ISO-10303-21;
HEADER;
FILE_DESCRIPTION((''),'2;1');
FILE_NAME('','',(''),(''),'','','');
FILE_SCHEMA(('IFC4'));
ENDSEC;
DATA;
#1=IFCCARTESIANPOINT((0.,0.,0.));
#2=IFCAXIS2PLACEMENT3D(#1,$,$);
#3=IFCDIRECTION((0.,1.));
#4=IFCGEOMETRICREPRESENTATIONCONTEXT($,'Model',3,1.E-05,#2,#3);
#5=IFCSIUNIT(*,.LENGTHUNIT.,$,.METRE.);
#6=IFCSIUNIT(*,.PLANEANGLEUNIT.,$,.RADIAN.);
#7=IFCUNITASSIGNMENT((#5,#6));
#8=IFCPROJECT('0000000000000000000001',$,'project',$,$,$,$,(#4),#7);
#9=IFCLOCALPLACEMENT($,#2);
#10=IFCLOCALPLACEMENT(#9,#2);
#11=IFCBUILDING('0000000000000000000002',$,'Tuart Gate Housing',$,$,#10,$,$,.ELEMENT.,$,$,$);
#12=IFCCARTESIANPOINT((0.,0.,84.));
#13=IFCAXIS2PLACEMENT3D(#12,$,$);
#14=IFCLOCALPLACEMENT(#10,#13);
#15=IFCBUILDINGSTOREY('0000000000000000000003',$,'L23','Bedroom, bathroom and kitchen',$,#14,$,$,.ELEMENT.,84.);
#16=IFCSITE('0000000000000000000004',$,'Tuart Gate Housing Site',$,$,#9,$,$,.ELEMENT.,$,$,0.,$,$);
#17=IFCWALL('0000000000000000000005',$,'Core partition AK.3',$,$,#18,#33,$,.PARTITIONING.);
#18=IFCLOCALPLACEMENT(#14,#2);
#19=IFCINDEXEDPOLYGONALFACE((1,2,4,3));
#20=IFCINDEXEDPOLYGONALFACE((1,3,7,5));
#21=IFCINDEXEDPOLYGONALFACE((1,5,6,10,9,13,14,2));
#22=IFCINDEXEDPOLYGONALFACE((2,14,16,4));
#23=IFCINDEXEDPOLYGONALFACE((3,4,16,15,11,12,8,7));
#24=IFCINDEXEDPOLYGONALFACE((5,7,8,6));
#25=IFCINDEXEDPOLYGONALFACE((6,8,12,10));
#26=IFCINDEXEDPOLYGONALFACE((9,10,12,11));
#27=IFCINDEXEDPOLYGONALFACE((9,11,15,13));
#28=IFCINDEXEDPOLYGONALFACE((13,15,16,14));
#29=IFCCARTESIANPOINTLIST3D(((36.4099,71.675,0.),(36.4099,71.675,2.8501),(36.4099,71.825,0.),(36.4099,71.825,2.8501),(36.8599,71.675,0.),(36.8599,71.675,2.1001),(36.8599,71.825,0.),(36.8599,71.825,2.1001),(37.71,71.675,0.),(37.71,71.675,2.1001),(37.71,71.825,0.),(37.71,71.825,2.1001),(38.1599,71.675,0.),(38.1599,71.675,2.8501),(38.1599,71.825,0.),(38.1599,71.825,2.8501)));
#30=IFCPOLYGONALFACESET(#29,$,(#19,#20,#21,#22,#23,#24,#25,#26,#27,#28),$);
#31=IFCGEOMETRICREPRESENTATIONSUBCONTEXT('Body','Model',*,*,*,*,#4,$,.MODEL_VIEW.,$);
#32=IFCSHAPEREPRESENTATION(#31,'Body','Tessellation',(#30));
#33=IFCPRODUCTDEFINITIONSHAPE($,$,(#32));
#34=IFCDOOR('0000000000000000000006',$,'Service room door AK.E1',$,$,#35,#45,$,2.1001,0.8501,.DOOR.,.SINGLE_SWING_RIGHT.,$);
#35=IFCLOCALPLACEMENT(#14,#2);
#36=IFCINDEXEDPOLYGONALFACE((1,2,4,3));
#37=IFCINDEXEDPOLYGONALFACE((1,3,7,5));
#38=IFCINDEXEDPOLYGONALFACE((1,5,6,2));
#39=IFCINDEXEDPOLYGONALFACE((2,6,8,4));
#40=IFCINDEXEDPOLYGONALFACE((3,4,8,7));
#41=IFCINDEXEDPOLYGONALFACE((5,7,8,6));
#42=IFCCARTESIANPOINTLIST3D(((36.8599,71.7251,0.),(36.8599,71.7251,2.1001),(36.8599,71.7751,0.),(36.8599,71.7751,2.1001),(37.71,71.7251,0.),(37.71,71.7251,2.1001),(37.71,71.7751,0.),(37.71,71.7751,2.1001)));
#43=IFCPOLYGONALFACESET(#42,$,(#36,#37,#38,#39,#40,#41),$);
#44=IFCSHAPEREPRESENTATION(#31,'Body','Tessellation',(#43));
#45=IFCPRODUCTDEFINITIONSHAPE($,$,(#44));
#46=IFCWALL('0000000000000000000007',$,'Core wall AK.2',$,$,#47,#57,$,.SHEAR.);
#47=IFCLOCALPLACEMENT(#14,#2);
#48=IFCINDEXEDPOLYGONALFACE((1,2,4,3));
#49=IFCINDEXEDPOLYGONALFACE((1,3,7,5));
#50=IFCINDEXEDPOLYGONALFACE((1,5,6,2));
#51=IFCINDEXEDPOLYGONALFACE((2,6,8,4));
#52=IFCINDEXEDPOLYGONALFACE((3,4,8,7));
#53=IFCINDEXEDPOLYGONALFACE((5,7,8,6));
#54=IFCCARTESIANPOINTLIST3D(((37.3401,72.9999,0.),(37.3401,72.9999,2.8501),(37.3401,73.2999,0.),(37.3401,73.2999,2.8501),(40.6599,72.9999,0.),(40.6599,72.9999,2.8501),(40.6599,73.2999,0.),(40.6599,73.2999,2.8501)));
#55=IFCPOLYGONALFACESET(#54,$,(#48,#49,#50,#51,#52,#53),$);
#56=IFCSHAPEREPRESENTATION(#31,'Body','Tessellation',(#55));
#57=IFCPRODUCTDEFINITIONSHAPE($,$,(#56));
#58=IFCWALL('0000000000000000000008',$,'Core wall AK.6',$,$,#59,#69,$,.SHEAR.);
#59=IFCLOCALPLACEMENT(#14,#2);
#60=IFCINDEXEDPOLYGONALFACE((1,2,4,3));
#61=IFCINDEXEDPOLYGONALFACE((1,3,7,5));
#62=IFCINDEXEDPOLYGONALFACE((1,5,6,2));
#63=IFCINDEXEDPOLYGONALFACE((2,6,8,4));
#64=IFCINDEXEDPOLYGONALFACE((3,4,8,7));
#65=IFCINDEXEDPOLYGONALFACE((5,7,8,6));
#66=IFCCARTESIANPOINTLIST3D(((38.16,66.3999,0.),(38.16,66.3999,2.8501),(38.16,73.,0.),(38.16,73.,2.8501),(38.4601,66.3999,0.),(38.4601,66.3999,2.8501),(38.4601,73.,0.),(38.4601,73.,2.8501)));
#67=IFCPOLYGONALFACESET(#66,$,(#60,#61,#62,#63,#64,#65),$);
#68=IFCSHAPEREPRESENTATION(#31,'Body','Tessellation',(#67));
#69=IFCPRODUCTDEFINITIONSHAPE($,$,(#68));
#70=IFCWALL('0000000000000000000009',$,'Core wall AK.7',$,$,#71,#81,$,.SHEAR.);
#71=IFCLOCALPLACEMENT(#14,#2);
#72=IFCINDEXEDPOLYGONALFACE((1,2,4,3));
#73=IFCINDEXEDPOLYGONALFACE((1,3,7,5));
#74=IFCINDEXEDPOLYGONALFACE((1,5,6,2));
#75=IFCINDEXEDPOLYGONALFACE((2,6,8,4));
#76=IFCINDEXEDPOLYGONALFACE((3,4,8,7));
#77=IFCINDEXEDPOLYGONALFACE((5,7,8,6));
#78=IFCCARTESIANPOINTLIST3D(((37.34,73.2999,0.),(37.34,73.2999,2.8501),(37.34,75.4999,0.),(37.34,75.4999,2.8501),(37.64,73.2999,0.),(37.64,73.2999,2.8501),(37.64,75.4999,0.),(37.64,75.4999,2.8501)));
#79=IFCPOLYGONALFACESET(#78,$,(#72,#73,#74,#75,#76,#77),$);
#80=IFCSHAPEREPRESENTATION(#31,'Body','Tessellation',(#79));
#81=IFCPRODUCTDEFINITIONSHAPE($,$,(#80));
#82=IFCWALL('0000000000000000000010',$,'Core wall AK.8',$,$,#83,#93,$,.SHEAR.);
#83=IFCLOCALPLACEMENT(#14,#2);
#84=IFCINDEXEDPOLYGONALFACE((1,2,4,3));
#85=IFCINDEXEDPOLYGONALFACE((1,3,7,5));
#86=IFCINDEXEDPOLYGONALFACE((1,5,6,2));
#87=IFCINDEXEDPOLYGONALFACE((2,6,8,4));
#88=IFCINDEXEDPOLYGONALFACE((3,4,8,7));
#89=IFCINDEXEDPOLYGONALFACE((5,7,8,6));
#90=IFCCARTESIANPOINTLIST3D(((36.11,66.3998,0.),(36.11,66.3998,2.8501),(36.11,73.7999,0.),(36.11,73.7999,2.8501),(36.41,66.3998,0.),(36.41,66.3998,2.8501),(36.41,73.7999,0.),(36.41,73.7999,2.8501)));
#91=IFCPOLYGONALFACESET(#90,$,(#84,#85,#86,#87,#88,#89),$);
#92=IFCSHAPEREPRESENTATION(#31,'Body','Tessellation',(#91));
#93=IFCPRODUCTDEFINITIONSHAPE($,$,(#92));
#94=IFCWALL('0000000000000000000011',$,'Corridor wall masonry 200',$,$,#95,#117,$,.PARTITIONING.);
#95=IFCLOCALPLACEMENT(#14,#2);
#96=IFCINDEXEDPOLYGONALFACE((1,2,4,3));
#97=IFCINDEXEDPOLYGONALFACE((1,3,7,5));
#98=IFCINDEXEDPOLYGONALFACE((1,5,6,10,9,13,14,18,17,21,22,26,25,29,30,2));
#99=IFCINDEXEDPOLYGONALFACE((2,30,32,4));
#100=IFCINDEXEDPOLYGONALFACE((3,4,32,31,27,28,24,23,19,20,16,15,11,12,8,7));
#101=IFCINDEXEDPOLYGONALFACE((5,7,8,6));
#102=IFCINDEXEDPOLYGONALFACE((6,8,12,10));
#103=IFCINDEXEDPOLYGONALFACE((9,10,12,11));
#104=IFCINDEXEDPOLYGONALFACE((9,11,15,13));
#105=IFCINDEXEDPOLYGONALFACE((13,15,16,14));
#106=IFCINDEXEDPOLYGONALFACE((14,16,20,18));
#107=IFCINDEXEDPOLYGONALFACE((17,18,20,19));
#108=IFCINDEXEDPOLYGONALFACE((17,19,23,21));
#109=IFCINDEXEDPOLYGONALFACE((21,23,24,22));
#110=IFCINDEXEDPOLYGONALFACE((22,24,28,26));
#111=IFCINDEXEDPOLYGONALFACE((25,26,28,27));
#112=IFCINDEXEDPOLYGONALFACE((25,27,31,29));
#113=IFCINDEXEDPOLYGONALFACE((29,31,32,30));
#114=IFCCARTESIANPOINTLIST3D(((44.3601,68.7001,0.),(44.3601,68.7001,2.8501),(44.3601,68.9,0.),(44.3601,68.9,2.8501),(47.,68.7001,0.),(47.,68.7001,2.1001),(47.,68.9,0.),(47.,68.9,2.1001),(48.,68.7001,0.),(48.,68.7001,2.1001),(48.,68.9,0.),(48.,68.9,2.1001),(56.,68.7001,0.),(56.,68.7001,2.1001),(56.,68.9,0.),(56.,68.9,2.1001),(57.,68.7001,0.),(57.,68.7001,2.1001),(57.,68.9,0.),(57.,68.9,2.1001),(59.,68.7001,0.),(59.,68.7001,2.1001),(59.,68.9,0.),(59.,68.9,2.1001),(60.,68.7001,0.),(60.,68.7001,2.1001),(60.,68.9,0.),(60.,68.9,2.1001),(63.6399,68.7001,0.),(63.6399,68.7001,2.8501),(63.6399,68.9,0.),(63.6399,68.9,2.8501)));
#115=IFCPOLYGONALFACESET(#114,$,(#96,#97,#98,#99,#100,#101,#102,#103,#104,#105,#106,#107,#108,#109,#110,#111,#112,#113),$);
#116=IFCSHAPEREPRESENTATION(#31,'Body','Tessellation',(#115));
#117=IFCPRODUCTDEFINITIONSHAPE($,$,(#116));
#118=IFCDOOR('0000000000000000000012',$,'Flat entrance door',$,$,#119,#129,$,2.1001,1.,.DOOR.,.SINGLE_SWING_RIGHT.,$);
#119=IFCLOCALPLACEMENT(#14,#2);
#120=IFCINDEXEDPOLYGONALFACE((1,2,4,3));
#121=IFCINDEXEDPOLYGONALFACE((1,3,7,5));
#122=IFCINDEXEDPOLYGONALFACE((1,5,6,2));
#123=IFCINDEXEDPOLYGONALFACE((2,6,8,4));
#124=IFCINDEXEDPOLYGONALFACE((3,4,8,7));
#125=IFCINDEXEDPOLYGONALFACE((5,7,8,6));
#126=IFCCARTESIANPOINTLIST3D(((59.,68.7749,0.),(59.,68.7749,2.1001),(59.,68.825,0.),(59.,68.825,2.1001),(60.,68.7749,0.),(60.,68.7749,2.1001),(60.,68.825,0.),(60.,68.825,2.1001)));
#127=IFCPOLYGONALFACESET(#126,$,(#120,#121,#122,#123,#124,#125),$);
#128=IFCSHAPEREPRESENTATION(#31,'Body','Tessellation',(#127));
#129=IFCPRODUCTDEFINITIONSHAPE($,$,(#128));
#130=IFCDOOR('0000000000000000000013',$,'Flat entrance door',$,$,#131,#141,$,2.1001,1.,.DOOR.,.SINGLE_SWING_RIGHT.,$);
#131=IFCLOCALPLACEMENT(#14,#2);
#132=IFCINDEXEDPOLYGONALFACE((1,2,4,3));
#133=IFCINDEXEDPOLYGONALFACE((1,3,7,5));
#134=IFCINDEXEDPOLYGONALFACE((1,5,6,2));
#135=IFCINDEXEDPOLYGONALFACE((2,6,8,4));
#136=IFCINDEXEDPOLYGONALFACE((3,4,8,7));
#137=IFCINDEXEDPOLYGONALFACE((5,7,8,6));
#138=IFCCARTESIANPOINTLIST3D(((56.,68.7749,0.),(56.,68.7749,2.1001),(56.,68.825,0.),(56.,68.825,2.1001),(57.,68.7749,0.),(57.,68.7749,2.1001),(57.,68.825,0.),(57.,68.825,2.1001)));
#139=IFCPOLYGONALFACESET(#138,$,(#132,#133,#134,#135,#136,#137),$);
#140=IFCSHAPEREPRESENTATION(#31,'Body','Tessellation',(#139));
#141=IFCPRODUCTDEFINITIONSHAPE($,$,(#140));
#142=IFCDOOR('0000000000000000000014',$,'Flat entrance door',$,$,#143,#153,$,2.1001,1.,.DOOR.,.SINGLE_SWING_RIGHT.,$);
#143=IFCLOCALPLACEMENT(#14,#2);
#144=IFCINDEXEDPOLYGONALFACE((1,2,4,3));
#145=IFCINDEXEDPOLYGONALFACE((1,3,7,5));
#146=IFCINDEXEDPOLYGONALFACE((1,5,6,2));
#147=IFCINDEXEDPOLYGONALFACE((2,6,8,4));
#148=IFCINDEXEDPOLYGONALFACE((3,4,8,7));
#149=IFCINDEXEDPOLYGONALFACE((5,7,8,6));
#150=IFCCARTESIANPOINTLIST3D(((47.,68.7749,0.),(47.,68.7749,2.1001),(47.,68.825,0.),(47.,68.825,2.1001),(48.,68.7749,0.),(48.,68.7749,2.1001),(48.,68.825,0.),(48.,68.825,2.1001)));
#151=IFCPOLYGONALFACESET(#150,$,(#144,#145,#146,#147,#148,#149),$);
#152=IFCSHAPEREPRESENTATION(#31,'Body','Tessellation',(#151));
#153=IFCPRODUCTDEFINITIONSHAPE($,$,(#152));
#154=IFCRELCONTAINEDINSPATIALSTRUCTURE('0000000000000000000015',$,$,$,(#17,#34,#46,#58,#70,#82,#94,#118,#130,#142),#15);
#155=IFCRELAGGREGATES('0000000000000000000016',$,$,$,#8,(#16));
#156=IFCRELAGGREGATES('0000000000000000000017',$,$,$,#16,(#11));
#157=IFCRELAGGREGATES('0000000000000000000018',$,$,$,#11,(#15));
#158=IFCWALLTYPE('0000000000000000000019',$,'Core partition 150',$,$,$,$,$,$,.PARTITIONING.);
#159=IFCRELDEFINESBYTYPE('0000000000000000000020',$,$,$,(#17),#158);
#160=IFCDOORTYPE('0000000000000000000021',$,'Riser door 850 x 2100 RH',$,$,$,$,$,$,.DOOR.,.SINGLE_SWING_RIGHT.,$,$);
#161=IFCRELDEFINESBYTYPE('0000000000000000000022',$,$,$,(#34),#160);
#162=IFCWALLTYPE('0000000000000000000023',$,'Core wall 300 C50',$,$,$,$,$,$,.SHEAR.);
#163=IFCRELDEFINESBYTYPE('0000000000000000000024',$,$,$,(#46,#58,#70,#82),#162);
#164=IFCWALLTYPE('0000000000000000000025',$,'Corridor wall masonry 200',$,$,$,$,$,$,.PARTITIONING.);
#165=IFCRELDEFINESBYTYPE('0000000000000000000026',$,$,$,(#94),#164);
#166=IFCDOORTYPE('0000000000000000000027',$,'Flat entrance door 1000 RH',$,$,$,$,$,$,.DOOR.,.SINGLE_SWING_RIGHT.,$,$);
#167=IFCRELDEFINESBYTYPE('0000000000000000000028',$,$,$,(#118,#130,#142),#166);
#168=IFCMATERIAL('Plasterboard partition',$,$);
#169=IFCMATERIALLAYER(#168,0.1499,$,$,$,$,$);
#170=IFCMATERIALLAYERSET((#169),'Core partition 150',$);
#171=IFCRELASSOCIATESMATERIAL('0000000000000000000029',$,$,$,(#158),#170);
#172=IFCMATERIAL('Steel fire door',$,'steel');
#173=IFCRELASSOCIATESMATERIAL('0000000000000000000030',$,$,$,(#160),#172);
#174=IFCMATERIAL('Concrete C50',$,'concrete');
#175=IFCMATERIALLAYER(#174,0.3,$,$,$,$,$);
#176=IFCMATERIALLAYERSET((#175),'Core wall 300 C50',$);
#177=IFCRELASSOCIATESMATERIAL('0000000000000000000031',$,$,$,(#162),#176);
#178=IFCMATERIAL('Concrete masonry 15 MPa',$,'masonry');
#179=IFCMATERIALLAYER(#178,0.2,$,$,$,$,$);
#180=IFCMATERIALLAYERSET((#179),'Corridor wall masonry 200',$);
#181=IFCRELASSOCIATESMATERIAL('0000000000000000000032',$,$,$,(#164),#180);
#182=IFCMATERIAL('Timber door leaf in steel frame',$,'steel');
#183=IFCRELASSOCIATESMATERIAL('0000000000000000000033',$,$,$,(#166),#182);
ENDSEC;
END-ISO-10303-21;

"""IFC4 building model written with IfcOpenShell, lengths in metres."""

from ifc_helpers import new_model, si_unit, direction, frame, frame_2d, origin, place, context, subcontext, project, spatial, rectangle, extrude, material, layer, layer_set, type_object, element, fill, save


model = new_model("IFC4")

# Units and contexts
model_context = context("Model", 3, precision=1e-05, world=origin(), true_north=direction((0.0, 1.0)))
body_context = subcontext(model_context, "Body", "Model", "MODEL_VIEW")
ifc_project = project(units=[si_unit("LENGTHUNIT", "METRE"), si_unit("PLANEANGLEUNIT", "RADIAN")], contexts=[model_context])

# Site, building, storey
site_placement = place(None, origin())
site = spatial("IfcSite", under=ifc_project, at=site_placement, Name="Tuart Gate Housing Site", CompositionType="ELEMENT", RefElevation=0.0)
building_placement = place(site_placement, origin())
building = spatial("IfcBuilding", under=site, at=building_placement, Name="Tuart Gate Housing", CompositionType="ELEMENT")
storey_placement = place(building_placement, frame((0.0, 0.0, 84.0)))
storey = spatial("IfcBuildingStorey", under=building, at=storey_placement, Name="L23", Description="Bedroom, bathroom and kitchen", CompositionType="ELEMENT", Elevation=84.0)

# Wall, opening, door
ifc_material_1 = material(Name="Plasterboard partition")
ifc_layer_1 = layer(ifc_material_1, 0.1499)
ifc_layer_set_1 = layer_set([ifc_layer_1], Name="Core partition 150")
wall_type_1 = type_object("IfcWallType", Name="Core partition 150", PredefinedType="PARTITIONING", material=ifc_layer_set_1)
wall_1_placement = place(storey_placement, frame((38.1599, 71.75, 0.0), z_axis=(0.0, 0.0, 1.0), x_axis=(-1.0, 0.0, 0.0)))
wall_1 = element("IfcWall", 1, at=wall_1_placement, inside=storey, type_object=wall_type_1, Name="Core partition AK.3", PredefinedType="PARTITIONING", context=body_context, shape_type="SweptSolid", body=[
    extrude(rectangle(XDim=1.75, YDim=0.1499, at=frame_2d((0.875, 0.0))), origin(), (0.0, 0.0, 1.0), 2.8501),
])
opening_1_placement = place(wall_1_placement, frame((0.45, 0.0, 0.0)))
opening_1 = element("IfcOpeningElement", 2, at=opening_1_placement, cuts=wall_1, PredefinedType="OPENING", context=body_context, shape_type="SweptSolid", body=[
    extrude(rectangle(XDim=0.8501, YDim=2.1001, at=frame_2d((0.425, 1.05))), frame((0.0, 0.085, 0.0), z_axis=(0.0, -1.0, 0.0), x_axis=(1.0, 0.0, 0.0)), (0.0, 0.0, 1.0), 0.1699),
])
ifc_material_2 = material(Name="Steel fire door", Category="steel")
door_type_1 = type_object("IfcDoorType", Name="Riser door 850 x 2100 RH", OperationType="SINGLE_SWING_RIGHT", PredefinedType="DOOR", material=ifc_material_2)
door_1_placement = place(opening_1_placement, frame((0.8501, 0.0, 0.0), z_axis=(0.0, 0.0, 1.0), x_axis=(-1.0, 0.0, 0.0)))
door_1 = element("IfcDoor", 3, at=door_1_placement, inside=storey, type_object=door_type_1, Name="Service room door AK.E1", OperationType="SINGLE_SWING_RIGHT", OverallHeight=2.1001, OverallWidth=0.8501, PredefinedType="DOOR", context=body_context, shape_type="SweptSolid", body=[
    extrude(rectangle(XDim=0.8501, YDim=2.1001, at=frame_2d((0.425, 1.05))), frame((0.0, 0.0251, 0.0), z_axis=(0.0, -1.0, 0.0), x_axis=(1.0, 0.0, 0.0)), (0.0, 0.0, 1.0), 0.05),
])
fill(opening_1, door_1)

# Walls
ifc_material_3 = material(Name="Concrete C50", Category="concrete")
ifc_layer_2 = layer(ifc_material_3, 0.3)
ifc_layer_set_2 = layer_set([ifc_layer_2], Name="Core wall 300 C50")
wall_type_2 = type_object("IfcWallType", Name="Core wall 300 C50", PredefinedType="SHEAR", material=ifc_layer_set_2)
wall_2_placement = place(storey_placement, frame((40.6599, 73.1499, 0.0), z_axis=(0.0, 0.0, 1.0), x_axis=(-1.0, 0.0, 0.0)))
element("IfcWall", 4, at=wall_2_placement, inside=storey, type_object=wall_type_2, Name="Core wall AK.2", PredefinedType="SHEAR", context=body_context, shape_type="SweptSolid", body=[
    extrude(rectangle(XDim=3.3198, YDim=0.3, at=frame_2d((1.6599, 0.0))), origin(), (0.0, 0.0, 1.0), 2.8501),
])
wall_3_placement = place(storey_placement, frame((38.3101, 73.0, 0.0), z_axis=(0.0, 0.0, 1.0), x_axis=(0.0, -1.0, 0.0)))
element("IfcWall", 5, at=wall_3_placement, inside=storey, type_object=wall_type_2, Name="Core wall AK.6", PredefinedType="SHEAR", context=body_context, shape_type="SweptSolid", body=[
    extrude(rectangle(XDim=6.6001, YDim=0.3, at=frame_2d((3.3, 0.0))), origin(), (0.0, 0.0, 1.0), 2.8501),
])
wall_4_placement = place(storey_placement, frame((37.49, 75.5, 0.0), z_axis=(0.0, 0.0, 1.0), x_axis=(0.0, -1.0, 0.0)))
element("IfcWall", 6, at=wall_4_placement, inside=storey, type_object=wall_type_2, Name="Core wall AK.7", PredefinedType="SHEAR", context=body_context, shape_type="SweptSolid", body=[
    extrude(rectangle(XDim=2.2, YDim=0.3, at=frame_2d((1.1001, 0.0))), origin(), (0.0, 0.0, 1.0), 2.8501),
])
wall_5_placement = place(storey_placement, frame((36.26, 73.8, 0.0), z_axis=(0.0, 0.0, 1.0), x_axis=(0.0, -1.0, 0.0)))
element("IfcWall", 7, at=wall_5_placement, inside=storey, type_object=wall_type_2, Name="Core wall AK.8", PredefinedType="SHEAR", context=body_context, shape_type="SweptSolid", body=[
    extrude(rectangle(XDim=7.4001, YDim=0.3, at=frame_2d((3.7002, 0.0))), origin(), (0.0, 0.0, 1.0), 2.8501),
])

# Wall, openings, doors
ifc_material_4 = material(Name="Concrete masonry 15 MPa", Category="masonry")
ifc_layer_3 = layer(ifc_material_4, 0.2)
ifc_layer_set_3 = layer_set([ifc_layer_3], Name="Corridor wall masonry 200")
wall_type_3 = type_object("IfcWallType", Name="Corridor wall masonry 200", PredefinedType="PARTITIONING", material=ifc_layer_set_3)
wall_6_placement = place(storey_placement, frame((44.3601, 68.8, 0.0), z_axis=(0.0, 0.0, 1.0), x_axis=(1.0, 0.0, 0.0)))
wall_6 = element("IfcWall", 8, at=wall_6_placement, inside=storey, type_object=wall_type_3, Name="Corridor wall masonry 200", PredefinedType="PARTITIONING", context=body_context, shape_type="SweptSolid", body=[
    extrude(rectangle(XDim=19.2798, YDim=0.2, at=frame_2d((9.6399, 0.0))), origin(), (0.0, 0.0, 1.0), 2.8501),
])
opening_2_placement = place(wall_6_placement, frame((14.6399, 0.0, 0.0)))
opening_2 = element("IfcOpeningElement", 9, at=opening_2_placement, cuts=wall_6, PredefinedType="OPENING", context=body_context, shape_type="SweptSolid", body=[
    extrude(rectangle(XDim=1.0, YDim=2.1001, at=frame_2d((0.5, 1.05))), frame((0.0, 0.1099, 0.0), z_axis=(0.0, -1.0, 0.0), x_axis=(1.0, 0.0, 0.0)), (0.0, 0.0, 1.0), 0.22),
])
opening_3_placement = place(wall_6_placement, frame((11.6399, 0.0, 0.0)))
opening_3 = element("IfcOpeningElement", 10, at=opening_3_placement, cuts=wall_6, PredefinedType="OPENING", context=body_context, shape_type="SweptSolid", body=[
    extrude(rectangle(XDim=1.0, YDim=2.1001, at=frame_2d((0.5, 1.05))), frame((0.0, 0.1099, 0.0), z_axis=(0.0, -1.0, 0.0), x_axis=(1.0, 0.0, 0.0)), (0.0, 0.0, 1.0), 0.22),
])
opening_4_placement = place(wall_6_placement, frame((2.6399, 0.0, 0.0)))
opening_4 = element("IfcOpeningElement", 11, at=opening_4_placement, cuts=wall_6, PredefinedType="OPENING", context=body_context, shape_type="SweptSolid", body=[
    extrude(rectangle(XDim=1.0, YDim=2.1001, at=frame_2d((0.5, 1.05))), frame((0.0, 0.1099, 0.0), z_axis=(0.0, -1.0, 0.0), x_axis=(1.0, 0.0, 0.0)), (0.0, 0.0, 1.0), 0.22),
])
ifc_material_5 = material(Name="Timber door leaf in steel frame", Category="steel")
door_type_2 = type_object("IfcDoorType", Name="Flat entrance door 1000 RH", OperationType="SINGLE_SWING_RIGHT", PredefinedType="DOOR", material=ifc_material_5)
door_2_placement = place(opening_2_placement, frame((1.0, 0.0, 0.0), z_axis=(0.0, 0.0, 1.0), x_axis=(-1.0, 0.0, 0.0)))
door_2 = element("IfcDoor", 12, at=door_2_placement, inside=storey, type_object=door_type_2, Name="Flat entrance door", OperationType="SINGLE_SWING_RIGHT", OverallHeight=2.1001, OverallWidth=1.0, PredefinedType="DOOR", context=body_context, shape_type="SweptSolid", body=[
    extrude(rectangle(XDim=1.0, YDim=2.1001, at=frame_2d((0.5, 1.05))), frame((0.0, 0.0251, 0.0), z_axis=(0.0, -1.0, 0.0), x_axis=(1.0, 0.0, 0.0)), (0.0, 0.0, 1.0), 0.05),
])
fill(opening_2, door_2)
door_3_placement = place(opening_3_placement, frame((1.0, 0.0, 0.0), z_axis=(0.0, 0.0, 1.0), x_axis=(-1.0, 0.0, 0.0)))
door_3 = element("IfcDoor", 13, at=door_3_placement, inside=storey, type_object=door_type_2, Name="Flat entrance door", OperationType="SINGLE_SWING_RIGHT", OverallHeight=2.1001, OverallWidth=1.0, PredefinedType="DOOR", context=body_context, shape_type="SweptSolid", body=[
    extrude(rectangle(XDim=1.0, YDim=2.1001, at=frame_2d((0.5, 1.05))), frame((0.0, 0.0251, 0.0), z_axis=(0.0, -1.0, 0.0), x_axis=(1.0, 0.0, 0.0)), (0.0, 0.0, 1.0), 0.05),
])
fill(opening_3, door_3)
door_4_placement = place(opening_4_placement, frame((1.0, 0.0, 0.0), z_axis=(0.0, 0.0, 1.0), x_axis=(-1.0, 0.0, 0.0)))
door_4 = element("IfcDoor", 14, at=door_4_placement, inside=storey, type_object=door_type_2, Name="Flat entrance door", OperationType="SINGLE_SWING_RIGHT", OverallHeight=2.1001, OverallWidth=1.0, PredefinedType="DOOR", context=body_context, shape_type="SweptSolid", body=[
    extrude(rectangle(XDim=1.0, YDim=2.1001, at=frame_2d((0.5, 1.05))), frame((0.0, 0.0251, 0.0), z_axis=(0.0, -1.0, 0.0), x_axis=(1.0, 0.0, 0.0)), (0.0, 0.0, 1.0), 0.05),
])
fill(opening_4, door_4)

save(model, "model.ifc")
